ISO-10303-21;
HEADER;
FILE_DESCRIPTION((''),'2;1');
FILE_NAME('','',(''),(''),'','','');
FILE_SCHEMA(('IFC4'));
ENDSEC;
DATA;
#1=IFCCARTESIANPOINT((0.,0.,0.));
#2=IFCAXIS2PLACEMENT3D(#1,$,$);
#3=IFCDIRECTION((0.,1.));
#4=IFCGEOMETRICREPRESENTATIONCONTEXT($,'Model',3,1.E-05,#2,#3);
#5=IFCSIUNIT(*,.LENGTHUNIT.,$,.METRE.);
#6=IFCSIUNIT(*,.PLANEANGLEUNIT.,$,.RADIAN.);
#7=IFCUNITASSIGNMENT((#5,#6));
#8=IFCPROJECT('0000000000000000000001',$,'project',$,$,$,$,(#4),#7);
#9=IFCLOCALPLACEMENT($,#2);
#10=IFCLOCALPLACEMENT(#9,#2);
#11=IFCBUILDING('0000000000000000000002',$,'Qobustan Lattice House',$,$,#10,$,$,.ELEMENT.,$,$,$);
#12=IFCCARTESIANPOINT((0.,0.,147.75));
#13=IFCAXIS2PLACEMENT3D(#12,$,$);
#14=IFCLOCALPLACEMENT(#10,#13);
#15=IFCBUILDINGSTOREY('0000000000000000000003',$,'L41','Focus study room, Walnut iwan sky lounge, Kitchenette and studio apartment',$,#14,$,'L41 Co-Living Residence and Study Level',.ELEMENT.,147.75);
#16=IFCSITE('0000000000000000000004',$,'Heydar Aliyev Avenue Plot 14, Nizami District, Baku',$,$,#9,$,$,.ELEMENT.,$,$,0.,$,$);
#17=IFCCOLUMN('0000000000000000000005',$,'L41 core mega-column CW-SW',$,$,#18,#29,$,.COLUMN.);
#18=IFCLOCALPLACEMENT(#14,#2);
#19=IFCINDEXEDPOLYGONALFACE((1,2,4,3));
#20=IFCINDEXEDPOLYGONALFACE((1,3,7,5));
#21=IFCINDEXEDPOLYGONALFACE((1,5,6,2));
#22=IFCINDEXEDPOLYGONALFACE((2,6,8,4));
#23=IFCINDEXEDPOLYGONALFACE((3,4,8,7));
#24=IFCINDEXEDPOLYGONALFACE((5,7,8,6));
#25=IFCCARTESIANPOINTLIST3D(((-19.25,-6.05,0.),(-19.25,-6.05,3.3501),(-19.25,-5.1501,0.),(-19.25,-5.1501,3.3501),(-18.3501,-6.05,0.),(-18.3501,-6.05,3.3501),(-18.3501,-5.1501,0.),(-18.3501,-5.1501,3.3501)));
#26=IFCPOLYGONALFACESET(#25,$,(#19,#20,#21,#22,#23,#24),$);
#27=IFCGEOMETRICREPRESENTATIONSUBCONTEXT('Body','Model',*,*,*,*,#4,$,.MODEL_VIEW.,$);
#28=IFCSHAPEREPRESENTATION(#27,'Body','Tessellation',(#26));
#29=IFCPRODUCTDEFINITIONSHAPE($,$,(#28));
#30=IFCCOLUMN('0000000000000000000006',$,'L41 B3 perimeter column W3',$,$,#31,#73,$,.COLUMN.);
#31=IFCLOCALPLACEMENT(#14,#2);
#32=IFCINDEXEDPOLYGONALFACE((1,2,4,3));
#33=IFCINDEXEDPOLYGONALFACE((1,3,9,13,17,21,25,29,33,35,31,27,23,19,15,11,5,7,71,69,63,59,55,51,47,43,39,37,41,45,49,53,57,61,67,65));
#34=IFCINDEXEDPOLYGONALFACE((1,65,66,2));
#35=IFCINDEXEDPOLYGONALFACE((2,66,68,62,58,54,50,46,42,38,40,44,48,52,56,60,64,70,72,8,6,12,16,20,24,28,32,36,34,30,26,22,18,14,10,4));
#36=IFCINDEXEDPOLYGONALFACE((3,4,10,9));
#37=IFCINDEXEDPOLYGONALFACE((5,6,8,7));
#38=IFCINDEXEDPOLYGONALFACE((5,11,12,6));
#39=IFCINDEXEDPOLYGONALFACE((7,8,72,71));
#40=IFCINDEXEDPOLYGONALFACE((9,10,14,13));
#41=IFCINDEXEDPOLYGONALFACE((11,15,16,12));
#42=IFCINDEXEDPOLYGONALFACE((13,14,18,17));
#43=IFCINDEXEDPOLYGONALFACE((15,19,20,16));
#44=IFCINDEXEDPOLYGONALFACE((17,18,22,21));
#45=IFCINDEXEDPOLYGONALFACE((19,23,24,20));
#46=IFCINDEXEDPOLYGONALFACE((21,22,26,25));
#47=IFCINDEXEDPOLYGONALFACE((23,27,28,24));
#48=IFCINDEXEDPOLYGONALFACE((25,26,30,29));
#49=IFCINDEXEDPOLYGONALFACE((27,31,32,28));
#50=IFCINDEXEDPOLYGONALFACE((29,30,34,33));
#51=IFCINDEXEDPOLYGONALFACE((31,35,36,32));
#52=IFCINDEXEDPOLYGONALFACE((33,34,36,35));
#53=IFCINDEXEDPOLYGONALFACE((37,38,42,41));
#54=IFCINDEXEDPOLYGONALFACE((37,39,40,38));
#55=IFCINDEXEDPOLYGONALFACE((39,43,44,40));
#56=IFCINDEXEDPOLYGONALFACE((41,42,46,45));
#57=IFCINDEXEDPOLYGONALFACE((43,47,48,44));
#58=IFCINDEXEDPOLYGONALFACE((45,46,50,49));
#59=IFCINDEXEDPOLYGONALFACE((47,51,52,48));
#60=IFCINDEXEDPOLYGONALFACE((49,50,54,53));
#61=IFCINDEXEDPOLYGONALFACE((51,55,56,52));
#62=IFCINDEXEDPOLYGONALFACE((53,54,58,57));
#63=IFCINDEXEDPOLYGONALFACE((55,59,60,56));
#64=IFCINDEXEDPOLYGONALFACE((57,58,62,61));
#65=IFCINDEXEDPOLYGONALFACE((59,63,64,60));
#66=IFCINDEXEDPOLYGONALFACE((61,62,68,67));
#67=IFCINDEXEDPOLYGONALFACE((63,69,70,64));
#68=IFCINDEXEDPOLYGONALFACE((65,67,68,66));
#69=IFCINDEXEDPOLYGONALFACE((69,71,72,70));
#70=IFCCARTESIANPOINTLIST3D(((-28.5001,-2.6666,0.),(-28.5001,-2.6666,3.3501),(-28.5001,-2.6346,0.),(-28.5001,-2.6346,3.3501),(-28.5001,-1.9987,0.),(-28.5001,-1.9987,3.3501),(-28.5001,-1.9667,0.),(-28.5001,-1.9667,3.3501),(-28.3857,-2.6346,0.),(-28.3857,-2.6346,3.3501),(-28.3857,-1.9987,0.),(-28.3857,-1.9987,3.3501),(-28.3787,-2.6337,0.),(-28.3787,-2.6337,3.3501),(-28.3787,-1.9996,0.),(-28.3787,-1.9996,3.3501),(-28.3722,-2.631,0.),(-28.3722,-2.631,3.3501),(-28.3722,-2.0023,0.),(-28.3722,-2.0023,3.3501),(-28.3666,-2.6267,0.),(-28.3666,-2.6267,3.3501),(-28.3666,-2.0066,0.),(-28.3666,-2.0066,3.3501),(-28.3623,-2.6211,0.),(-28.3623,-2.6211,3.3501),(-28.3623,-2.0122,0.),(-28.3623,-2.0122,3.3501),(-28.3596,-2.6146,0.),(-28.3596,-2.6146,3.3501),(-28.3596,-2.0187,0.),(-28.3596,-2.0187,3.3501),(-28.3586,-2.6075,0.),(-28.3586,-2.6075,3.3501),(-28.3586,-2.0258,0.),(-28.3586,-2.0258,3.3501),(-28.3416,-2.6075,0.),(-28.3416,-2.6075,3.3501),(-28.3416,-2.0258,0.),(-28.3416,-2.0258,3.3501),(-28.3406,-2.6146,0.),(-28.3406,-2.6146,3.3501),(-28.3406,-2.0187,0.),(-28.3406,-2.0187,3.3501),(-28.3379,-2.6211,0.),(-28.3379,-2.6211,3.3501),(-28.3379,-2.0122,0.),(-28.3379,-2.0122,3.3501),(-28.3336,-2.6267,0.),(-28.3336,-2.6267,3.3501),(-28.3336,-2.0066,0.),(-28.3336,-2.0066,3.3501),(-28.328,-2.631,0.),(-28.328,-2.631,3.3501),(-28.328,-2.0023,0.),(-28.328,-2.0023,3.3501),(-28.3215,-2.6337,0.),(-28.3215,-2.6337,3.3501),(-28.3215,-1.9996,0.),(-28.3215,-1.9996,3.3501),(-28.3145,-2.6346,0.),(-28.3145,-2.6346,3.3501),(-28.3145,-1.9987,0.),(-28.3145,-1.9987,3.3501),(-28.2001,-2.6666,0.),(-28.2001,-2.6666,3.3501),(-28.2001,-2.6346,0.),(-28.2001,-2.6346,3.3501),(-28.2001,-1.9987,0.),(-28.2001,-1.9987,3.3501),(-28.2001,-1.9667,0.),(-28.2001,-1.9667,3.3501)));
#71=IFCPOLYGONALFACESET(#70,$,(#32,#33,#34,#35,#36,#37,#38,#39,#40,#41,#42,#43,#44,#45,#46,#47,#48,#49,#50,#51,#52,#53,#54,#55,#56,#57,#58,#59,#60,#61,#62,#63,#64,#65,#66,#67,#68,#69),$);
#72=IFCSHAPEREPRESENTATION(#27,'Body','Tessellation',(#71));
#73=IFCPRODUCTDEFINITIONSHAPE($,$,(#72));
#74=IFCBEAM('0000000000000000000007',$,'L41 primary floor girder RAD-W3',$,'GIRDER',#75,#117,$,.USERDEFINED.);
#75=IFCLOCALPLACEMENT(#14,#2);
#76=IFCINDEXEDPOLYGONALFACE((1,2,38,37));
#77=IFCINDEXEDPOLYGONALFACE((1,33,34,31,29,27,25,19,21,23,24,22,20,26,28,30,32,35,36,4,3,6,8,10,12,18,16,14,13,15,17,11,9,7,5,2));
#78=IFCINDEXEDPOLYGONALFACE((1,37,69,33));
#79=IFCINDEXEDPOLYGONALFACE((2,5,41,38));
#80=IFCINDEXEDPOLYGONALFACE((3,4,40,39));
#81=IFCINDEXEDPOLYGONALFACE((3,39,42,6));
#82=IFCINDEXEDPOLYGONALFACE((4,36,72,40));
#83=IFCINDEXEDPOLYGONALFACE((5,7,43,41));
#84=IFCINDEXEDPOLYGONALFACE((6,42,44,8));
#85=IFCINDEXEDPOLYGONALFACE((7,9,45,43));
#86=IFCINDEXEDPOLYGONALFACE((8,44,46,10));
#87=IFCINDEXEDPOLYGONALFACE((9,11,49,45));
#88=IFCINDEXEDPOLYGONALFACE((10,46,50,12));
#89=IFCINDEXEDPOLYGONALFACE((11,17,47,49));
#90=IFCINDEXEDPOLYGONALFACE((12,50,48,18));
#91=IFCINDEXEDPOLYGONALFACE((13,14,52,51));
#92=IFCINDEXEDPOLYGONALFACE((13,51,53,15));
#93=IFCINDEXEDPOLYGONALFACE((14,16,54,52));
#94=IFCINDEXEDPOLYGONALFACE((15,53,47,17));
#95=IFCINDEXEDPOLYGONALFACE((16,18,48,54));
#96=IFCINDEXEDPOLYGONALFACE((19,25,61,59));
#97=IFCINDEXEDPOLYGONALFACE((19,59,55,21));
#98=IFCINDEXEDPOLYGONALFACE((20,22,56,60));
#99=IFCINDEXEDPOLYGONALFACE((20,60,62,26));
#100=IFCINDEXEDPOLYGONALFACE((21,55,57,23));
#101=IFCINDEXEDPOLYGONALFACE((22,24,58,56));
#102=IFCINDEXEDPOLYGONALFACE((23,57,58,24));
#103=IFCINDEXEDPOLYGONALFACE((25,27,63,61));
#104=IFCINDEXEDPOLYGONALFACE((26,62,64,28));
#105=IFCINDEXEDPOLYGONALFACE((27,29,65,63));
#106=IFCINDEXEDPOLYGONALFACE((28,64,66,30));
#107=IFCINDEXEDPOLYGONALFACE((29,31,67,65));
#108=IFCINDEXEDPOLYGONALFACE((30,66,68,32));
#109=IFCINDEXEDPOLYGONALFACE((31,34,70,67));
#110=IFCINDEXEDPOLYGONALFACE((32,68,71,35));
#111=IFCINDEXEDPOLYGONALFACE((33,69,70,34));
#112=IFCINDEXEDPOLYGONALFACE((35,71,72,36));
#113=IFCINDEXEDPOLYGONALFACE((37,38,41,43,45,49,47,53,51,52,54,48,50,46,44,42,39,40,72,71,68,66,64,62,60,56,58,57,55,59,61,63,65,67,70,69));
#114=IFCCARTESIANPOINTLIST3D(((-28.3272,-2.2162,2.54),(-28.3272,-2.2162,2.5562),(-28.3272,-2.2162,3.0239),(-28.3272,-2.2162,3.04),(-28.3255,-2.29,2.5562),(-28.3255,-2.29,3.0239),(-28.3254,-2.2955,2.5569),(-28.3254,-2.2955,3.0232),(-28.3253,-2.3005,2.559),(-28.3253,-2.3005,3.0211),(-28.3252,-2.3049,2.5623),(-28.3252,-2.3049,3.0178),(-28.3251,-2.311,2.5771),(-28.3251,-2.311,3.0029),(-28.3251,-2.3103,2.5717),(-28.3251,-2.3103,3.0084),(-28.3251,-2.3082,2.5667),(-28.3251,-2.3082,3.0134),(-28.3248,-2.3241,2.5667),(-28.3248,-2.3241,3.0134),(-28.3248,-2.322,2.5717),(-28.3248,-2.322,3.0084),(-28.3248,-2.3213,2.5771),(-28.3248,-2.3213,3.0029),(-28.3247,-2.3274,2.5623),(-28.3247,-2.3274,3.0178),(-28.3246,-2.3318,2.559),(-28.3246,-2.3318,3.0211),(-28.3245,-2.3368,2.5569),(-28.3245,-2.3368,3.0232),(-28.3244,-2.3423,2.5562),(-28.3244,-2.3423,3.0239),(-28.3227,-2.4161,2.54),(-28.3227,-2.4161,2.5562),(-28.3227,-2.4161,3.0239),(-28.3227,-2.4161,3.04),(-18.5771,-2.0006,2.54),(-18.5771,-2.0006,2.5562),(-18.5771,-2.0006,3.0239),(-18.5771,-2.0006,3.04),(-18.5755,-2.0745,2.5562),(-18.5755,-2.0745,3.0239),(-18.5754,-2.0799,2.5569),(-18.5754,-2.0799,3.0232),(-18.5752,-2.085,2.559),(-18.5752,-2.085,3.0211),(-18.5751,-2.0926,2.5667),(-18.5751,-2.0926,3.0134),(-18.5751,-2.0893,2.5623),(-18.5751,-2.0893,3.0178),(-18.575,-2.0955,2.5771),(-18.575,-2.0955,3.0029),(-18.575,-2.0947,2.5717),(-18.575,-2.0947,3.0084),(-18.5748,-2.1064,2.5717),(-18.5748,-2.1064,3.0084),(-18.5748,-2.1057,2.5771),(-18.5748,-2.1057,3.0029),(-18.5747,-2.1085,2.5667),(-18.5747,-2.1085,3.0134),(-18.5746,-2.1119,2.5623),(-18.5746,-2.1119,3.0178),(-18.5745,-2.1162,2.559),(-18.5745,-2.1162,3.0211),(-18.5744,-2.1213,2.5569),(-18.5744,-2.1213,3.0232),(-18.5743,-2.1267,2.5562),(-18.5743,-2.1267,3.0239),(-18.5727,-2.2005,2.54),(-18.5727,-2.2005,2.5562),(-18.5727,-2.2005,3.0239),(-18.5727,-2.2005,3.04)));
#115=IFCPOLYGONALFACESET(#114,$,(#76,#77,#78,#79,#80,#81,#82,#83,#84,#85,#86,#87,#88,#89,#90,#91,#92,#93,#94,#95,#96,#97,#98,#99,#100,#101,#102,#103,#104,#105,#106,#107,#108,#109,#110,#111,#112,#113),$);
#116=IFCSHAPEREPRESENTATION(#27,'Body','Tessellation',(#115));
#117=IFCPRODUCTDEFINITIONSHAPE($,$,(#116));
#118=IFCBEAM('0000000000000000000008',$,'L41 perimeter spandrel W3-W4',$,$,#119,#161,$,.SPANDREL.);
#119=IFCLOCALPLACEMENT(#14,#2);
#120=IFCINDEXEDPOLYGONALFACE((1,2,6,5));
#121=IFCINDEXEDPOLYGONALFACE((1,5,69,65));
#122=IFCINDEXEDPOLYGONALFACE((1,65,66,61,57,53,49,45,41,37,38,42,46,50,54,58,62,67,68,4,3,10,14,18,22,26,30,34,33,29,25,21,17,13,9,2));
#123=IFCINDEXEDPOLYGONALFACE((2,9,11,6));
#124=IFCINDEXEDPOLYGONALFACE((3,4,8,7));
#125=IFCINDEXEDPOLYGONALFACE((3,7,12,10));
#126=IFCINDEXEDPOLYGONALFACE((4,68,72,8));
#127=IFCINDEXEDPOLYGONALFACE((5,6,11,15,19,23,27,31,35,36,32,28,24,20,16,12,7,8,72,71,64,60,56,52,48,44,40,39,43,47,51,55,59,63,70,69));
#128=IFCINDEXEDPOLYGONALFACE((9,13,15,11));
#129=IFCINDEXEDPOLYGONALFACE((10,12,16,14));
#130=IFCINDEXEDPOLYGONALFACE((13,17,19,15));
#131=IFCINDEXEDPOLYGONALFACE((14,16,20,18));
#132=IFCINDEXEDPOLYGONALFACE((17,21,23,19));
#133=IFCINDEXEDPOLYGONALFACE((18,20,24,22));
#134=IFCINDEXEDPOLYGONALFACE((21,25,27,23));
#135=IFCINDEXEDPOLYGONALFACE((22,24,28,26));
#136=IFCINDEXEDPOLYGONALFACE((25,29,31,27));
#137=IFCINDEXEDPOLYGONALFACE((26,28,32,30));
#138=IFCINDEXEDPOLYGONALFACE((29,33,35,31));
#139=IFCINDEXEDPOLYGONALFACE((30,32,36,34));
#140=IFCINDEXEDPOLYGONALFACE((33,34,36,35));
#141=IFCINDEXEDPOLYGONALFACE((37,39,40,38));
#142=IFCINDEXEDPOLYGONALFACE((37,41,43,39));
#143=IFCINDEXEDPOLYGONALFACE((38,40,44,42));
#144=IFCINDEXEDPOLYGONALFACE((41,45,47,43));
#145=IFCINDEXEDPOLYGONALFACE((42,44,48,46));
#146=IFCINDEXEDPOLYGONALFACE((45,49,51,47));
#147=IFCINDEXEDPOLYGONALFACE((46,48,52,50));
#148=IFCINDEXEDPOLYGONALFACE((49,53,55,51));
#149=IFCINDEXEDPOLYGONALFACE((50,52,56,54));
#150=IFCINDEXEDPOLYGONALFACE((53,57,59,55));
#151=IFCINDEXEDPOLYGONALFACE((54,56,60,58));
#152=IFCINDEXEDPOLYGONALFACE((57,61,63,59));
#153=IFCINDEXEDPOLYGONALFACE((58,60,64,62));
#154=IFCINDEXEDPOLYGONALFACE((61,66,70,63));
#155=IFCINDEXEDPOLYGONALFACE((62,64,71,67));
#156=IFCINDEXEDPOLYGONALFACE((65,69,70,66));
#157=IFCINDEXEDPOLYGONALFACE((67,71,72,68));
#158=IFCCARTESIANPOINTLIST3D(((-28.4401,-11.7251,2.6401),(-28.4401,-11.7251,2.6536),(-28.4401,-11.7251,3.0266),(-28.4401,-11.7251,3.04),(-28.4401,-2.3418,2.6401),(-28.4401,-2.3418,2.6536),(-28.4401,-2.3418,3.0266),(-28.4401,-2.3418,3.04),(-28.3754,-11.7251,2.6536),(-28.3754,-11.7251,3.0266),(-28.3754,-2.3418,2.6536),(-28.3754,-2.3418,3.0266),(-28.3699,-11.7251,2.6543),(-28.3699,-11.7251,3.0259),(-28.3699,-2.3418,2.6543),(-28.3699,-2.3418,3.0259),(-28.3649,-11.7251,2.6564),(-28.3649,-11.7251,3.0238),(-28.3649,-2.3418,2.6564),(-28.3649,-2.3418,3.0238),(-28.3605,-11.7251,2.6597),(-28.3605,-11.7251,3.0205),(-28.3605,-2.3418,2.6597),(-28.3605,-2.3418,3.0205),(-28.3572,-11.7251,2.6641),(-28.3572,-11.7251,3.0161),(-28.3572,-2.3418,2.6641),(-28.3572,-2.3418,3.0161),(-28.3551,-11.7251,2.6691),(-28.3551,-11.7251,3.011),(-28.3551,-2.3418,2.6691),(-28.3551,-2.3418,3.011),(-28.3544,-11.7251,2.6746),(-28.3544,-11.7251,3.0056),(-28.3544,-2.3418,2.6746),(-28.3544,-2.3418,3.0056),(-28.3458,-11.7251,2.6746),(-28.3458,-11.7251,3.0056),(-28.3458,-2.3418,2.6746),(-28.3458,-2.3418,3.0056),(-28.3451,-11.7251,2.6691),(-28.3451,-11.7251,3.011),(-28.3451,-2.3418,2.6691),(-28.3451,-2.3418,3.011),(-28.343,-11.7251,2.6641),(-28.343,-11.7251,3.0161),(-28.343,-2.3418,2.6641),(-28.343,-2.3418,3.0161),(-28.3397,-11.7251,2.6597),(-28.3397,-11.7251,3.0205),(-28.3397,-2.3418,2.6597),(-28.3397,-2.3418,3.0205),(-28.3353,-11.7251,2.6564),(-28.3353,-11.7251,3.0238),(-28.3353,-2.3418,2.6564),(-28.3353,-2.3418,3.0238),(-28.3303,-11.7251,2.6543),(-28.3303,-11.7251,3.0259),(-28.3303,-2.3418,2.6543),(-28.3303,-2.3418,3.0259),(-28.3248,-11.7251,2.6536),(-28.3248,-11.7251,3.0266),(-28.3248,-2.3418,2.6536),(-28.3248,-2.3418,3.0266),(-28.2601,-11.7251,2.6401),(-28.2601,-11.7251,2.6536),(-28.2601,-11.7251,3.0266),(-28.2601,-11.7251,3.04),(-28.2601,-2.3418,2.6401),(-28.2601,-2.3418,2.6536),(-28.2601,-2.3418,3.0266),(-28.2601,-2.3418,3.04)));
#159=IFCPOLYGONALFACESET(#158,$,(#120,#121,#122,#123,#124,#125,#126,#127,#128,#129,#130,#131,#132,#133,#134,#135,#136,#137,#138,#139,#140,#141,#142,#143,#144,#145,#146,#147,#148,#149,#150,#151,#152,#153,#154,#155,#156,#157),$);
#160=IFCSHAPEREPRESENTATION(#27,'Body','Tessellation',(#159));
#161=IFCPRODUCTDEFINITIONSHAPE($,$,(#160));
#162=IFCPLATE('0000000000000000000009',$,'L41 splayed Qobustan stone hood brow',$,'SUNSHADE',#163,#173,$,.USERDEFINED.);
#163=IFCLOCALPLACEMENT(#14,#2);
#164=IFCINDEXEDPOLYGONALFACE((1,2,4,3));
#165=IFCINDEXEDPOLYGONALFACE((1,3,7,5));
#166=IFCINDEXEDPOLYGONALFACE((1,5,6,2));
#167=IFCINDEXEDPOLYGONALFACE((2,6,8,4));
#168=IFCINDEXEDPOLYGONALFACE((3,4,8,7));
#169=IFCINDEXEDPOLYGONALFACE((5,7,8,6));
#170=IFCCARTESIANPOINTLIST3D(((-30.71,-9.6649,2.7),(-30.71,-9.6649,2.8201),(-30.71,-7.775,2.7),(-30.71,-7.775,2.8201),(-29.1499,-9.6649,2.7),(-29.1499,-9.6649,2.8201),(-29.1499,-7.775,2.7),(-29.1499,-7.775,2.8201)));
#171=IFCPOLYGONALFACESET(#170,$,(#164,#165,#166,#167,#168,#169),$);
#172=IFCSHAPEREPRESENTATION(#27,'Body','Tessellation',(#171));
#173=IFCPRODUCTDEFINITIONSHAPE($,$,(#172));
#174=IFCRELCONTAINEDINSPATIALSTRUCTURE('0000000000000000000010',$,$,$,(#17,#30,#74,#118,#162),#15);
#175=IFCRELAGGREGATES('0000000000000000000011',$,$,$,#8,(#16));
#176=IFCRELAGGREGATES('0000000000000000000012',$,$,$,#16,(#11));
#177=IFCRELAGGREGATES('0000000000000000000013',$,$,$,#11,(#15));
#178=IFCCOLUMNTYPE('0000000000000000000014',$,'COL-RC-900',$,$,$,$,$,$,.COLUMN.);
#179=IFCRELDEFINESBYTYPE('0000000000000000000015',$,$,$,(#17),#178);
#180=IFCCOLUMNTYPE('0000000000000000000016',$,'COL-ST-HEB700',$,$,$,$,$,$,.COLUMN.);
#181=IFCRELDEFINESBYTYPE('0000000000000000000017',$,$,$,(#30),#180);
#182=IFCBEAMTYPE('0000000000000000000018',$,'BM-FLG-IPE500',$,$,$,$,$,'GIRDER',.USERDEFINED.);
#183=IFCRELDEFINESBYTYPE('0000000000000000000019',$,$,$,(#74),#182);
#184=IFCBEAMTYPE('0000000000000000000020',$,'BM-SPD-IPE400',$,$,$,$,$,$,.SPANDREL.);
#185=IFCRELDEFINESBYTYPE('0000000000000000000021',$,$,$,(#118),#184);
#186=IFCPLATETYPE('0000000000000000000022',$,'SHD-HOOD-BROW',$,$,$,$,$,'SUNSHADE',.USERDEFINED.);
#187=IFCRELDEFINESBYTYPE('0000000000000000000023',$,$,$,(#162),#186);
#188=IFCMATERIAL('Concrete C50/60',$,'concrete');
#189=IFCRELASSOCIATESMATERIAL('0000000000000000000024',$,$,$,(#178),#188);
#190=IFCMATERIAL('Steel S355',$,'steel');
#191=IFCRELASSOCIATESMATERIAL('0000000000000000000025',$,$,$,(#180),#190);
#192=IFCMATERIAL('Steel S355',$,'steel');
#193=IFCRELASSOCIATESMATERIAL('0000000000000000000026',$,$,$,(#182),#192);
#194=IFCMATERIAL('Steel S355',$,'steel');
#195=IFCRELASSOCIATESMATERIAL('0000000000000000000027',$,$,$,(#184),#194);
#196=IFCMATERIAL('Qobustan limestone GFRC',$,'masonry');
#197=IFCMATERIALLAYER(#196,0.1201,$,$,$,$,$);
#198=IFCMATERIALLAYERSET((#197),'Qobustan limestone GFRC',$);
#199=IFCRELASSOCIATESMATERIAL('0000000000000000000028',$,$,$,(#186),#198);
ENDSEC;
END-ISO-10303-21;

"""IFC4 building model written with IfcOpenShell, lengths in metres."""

from ifc_helpers import new_model, si_unit, direction, frame, origin, origin_2d, place, context, subcontext, project, spatial, rectangle, i_section, extrude, material, layer, layer_set, material_profile, profile_set, type_object, element, save


model = new_model("IFC4")

# Units and contexts
model_context = context("Model", 3, precision=1e-05, world=origin(), true_north=direction((0.0, 1.0)))
body_context = subcontext(model_context, "Body", "Model", "MODEL_VIEW")
ifc_project = project(units=[si_unit("LENGTHUNIT", "METRE"), si_unit("PLANEANGLEUNIT", "RADIAN")], contexts=[model_context])

# Site, building, storey
site_placement = place(None, origin())
site = spatial("IfcSite", under=ifc_project, at=site_placement, Name="Heydar Aliyev Avenue Plot 14, Nizami District, Baku", CompositionType="ELEMENT", RefElevation=0.0)
building_placement = place(site_placement, origin())
building = spatial("IfcBuilding", under=site, at=building_placement, Name="Qobustan Lattice House", CompositionType="ELEMENT")
storey_placement = place(building_placement, frame((0.0, 0.0, 147.75)))
storey = spatial("IfcBuildingStorey", under=building, at=storey_placement, Name="L41", Description="Focus study room, Walnut iwan sky lounge, Kitchenette and studio apartment", LongName="L41 Co-Living Residence and Study Level", CompositionType="ELEMENT", Elevation=147.75)

# Columns
ifc_material_1 = material(Name="Concrete C50/60", Category="concrete")
ifc_material_profile_1 = material_profile(ifc_material_1, rectangle(XDim=0.8999, YDim=0.8999, at=origin_2d()), Name="RC900x900")
ifc_profile_set_1 = profile_set([ifc_material_profile_1], Name="Concrete C50/60")
column_type_1 = type_object("IfcColumnType", Name="COL-RC-900", PredefinedType="COLUMN", material=ifc_profile_set_1)
column_1_placement = place(storey_placement, frame((-18.8, -5.6001, 0.0), z_axis=(0.0, 0.0, 1.0), x_axis=(1.0, 0.0, 0.0)))
element("IfcColumn", 1, at=column_1_placement, inside=storey, type_object=column_type_1, Name="L41 core mega-column CW-SW", PredefinedType="COLUMN", context=body_context, shape_type="SweptSolid", body=[
    extrude(rectangle(XDim=0.8999, YDim=0.8999, at=origin_2d()), origin(), (0.0, 0.0, 1.0), 3.3501),
])
ifc_material_2 = material(Name="Steel S355", Category="steel")
ifc_material_profile_2 = material_profile(ifc_material_2, i_section(OverallWidth=0.3, OverallDepth=0.7, WebThickness=0.0171, FlangeThickness=0.032, FilletRadius=0.0271, at=origin_2d()), Name="HEB700")
ifc_profile_set_2 = profile_set([ifc_material_profile_2], Name="Steel S355")
column_type_2 = type_object("IfcColumnType", Name="COL-ST-HEB700", PredefinedType="COLUMN", material=ifc_profile_set_2)
column_2_placement = place(storey_placement, frame((-28.3501, -2.3167, 0.0), z_axis=(0.0, 0.0, 1.0), x_axis=(1.0, 0.0, 0.0)))
element("IfcColumn", 2, at=column_2_placement, inside=storey, type_object=column_type_2, Name="L41 B3 perimeter column W3", PredefinedType="COLUMN", context=body_context, shape_type="SweptSolid", body=[
    extrude(i_section(OverallWidth=0.3, OverallDepth=0.7, WebThickness=0.0171, FlangeThickness=0.032, FilletRadius=0.0271, at=origin_2d()), origin(), (0.0, 0.0, 1.0), 3.3501),
])

# Beams
ifc_material_3 = material(Name="Steel S355", Category="steel")
ifc_material_profile_3 = material_profile(ifc_material_3, i_section(OverallWidth=0.2, OverallDepth=0.5, WebThickness=0.0103, FlangeThickness=0.0161, FilletRadius=0.021, at=origin_2d()), Name="IPE500")
ifc_profile_set_3 = profile_set([ifc_material_profile_3], Name="Steel S355")
beam_type_1 = type_object("IfcBeamType", Name="BM-FLG-IPE500", ElementType="GIRDER", PredefinedType="USERDEFINED", material=ifc_profile_set_3)
beam_1_placement = place(storey_placement, frame((-28.325, -2.3162, 2.79), z_axis=(0.999756, 0.022105, 0.0), x_axis=(-0.022105, 0.999756, 0.0)))
element("IfcBeam", 3, at=beam_1_placement, inside=storey, type_object=beam_type_1, Name="L41 primary floor girder RAD-W3", ObjectType="GIRDER", PredefinedType="USERDEFINED", context=body_context, shape_type="SweptSolid", body=[
    extrude(i_section(OverallWidth=0.2, OverallDepth=0.5, WebThickness=0.0103, FlangeThickness=0.0161, FilletRadius=0.021, at=origin_2d()), origin(), (0.0, 0.0, 1.0), 9.7524),
])
ifc_material_4 = material(Name="Steel S355", Category="steel")
ifc_material_profile_4 = material_profile(ifc_material_4, i_section(OverallWidth=0.1799, OverallDepth=0.3999, WebThickness=0.0085, FlangeThickness=0.0134, FilletRadius=0.021, at=origin_2d()), Name="IPE400")
ifc_profile_set_4 = profile_set([ifc_material_profile_4], Name="Steel S355")
beam_type_2 = type_object("IfcBeamType", Name="BM-SPD-IPE400", PredefinedType="SPANDREL", material=ifc_profile_set_4)
beam_2_placement = place(storey_placement, frame((-28.3501, -2.3418, 2.8401), z_axis=(0.0, -1.0, 0.0), x_axis=(1.0, 0.0, 0.0)))
element("IfcBeam", 4, at=beam_2_placement, inside=storey, type_object=beam_type_2, Name="L41 perimeter spandrel W3-W4", PredefinedType="SPANDREL", context=body_context, shape_type="SweptSolid", body=[
    extrude(i_section(OverallWidth=0.1799, OverallDepth=0.3999, WebThickness=0.0085, FlangeThickness=0.0134, FilletRadius=0.021, at=origin_2d()), origin(), (0.0, 0.0, 1.0), 9.3833),
])

# Plate
ifc_material_5 = material(Name="Qobustan limestone GFRC", Category="masonry")
ifc_layer_1 = layer(ifc_material_5, 0.1201)
ifc_layer_set_1 = layer_set([ifc_layer_1], Name="Qobustan limestone GFRC")
plate_type = type_object("IfcPlateType", Name="SHD-HOOD-BROW", ElementType="SUNSHADE", PredefinedType="USERDEFINED", material=ifc_layer_set_1)
plate_placement = place(storey_placement, frame((-29.9299, -8.72, 2.7), z_axis=(0.0, 0.0, 1.0), x_axis=(0.0, 1.0, 0.0)))
element("IfcPlate", 5, at=plate_placement, inside=storey, type_object=plate_type, Name="L41 splayed Qobustan stone hood brow", ObjectType="SUNSHADE", PredefinedType="USERDEFINED", context=body_context, shape_type="SweptSolid", body=[
    extrude(rectangle(XDim=1.8899, YDim=1.5601, at=origin_2d()), origin(), (0.0, 0.0, 1.0), 0.1201),
])

save(model, "model.ifc")
